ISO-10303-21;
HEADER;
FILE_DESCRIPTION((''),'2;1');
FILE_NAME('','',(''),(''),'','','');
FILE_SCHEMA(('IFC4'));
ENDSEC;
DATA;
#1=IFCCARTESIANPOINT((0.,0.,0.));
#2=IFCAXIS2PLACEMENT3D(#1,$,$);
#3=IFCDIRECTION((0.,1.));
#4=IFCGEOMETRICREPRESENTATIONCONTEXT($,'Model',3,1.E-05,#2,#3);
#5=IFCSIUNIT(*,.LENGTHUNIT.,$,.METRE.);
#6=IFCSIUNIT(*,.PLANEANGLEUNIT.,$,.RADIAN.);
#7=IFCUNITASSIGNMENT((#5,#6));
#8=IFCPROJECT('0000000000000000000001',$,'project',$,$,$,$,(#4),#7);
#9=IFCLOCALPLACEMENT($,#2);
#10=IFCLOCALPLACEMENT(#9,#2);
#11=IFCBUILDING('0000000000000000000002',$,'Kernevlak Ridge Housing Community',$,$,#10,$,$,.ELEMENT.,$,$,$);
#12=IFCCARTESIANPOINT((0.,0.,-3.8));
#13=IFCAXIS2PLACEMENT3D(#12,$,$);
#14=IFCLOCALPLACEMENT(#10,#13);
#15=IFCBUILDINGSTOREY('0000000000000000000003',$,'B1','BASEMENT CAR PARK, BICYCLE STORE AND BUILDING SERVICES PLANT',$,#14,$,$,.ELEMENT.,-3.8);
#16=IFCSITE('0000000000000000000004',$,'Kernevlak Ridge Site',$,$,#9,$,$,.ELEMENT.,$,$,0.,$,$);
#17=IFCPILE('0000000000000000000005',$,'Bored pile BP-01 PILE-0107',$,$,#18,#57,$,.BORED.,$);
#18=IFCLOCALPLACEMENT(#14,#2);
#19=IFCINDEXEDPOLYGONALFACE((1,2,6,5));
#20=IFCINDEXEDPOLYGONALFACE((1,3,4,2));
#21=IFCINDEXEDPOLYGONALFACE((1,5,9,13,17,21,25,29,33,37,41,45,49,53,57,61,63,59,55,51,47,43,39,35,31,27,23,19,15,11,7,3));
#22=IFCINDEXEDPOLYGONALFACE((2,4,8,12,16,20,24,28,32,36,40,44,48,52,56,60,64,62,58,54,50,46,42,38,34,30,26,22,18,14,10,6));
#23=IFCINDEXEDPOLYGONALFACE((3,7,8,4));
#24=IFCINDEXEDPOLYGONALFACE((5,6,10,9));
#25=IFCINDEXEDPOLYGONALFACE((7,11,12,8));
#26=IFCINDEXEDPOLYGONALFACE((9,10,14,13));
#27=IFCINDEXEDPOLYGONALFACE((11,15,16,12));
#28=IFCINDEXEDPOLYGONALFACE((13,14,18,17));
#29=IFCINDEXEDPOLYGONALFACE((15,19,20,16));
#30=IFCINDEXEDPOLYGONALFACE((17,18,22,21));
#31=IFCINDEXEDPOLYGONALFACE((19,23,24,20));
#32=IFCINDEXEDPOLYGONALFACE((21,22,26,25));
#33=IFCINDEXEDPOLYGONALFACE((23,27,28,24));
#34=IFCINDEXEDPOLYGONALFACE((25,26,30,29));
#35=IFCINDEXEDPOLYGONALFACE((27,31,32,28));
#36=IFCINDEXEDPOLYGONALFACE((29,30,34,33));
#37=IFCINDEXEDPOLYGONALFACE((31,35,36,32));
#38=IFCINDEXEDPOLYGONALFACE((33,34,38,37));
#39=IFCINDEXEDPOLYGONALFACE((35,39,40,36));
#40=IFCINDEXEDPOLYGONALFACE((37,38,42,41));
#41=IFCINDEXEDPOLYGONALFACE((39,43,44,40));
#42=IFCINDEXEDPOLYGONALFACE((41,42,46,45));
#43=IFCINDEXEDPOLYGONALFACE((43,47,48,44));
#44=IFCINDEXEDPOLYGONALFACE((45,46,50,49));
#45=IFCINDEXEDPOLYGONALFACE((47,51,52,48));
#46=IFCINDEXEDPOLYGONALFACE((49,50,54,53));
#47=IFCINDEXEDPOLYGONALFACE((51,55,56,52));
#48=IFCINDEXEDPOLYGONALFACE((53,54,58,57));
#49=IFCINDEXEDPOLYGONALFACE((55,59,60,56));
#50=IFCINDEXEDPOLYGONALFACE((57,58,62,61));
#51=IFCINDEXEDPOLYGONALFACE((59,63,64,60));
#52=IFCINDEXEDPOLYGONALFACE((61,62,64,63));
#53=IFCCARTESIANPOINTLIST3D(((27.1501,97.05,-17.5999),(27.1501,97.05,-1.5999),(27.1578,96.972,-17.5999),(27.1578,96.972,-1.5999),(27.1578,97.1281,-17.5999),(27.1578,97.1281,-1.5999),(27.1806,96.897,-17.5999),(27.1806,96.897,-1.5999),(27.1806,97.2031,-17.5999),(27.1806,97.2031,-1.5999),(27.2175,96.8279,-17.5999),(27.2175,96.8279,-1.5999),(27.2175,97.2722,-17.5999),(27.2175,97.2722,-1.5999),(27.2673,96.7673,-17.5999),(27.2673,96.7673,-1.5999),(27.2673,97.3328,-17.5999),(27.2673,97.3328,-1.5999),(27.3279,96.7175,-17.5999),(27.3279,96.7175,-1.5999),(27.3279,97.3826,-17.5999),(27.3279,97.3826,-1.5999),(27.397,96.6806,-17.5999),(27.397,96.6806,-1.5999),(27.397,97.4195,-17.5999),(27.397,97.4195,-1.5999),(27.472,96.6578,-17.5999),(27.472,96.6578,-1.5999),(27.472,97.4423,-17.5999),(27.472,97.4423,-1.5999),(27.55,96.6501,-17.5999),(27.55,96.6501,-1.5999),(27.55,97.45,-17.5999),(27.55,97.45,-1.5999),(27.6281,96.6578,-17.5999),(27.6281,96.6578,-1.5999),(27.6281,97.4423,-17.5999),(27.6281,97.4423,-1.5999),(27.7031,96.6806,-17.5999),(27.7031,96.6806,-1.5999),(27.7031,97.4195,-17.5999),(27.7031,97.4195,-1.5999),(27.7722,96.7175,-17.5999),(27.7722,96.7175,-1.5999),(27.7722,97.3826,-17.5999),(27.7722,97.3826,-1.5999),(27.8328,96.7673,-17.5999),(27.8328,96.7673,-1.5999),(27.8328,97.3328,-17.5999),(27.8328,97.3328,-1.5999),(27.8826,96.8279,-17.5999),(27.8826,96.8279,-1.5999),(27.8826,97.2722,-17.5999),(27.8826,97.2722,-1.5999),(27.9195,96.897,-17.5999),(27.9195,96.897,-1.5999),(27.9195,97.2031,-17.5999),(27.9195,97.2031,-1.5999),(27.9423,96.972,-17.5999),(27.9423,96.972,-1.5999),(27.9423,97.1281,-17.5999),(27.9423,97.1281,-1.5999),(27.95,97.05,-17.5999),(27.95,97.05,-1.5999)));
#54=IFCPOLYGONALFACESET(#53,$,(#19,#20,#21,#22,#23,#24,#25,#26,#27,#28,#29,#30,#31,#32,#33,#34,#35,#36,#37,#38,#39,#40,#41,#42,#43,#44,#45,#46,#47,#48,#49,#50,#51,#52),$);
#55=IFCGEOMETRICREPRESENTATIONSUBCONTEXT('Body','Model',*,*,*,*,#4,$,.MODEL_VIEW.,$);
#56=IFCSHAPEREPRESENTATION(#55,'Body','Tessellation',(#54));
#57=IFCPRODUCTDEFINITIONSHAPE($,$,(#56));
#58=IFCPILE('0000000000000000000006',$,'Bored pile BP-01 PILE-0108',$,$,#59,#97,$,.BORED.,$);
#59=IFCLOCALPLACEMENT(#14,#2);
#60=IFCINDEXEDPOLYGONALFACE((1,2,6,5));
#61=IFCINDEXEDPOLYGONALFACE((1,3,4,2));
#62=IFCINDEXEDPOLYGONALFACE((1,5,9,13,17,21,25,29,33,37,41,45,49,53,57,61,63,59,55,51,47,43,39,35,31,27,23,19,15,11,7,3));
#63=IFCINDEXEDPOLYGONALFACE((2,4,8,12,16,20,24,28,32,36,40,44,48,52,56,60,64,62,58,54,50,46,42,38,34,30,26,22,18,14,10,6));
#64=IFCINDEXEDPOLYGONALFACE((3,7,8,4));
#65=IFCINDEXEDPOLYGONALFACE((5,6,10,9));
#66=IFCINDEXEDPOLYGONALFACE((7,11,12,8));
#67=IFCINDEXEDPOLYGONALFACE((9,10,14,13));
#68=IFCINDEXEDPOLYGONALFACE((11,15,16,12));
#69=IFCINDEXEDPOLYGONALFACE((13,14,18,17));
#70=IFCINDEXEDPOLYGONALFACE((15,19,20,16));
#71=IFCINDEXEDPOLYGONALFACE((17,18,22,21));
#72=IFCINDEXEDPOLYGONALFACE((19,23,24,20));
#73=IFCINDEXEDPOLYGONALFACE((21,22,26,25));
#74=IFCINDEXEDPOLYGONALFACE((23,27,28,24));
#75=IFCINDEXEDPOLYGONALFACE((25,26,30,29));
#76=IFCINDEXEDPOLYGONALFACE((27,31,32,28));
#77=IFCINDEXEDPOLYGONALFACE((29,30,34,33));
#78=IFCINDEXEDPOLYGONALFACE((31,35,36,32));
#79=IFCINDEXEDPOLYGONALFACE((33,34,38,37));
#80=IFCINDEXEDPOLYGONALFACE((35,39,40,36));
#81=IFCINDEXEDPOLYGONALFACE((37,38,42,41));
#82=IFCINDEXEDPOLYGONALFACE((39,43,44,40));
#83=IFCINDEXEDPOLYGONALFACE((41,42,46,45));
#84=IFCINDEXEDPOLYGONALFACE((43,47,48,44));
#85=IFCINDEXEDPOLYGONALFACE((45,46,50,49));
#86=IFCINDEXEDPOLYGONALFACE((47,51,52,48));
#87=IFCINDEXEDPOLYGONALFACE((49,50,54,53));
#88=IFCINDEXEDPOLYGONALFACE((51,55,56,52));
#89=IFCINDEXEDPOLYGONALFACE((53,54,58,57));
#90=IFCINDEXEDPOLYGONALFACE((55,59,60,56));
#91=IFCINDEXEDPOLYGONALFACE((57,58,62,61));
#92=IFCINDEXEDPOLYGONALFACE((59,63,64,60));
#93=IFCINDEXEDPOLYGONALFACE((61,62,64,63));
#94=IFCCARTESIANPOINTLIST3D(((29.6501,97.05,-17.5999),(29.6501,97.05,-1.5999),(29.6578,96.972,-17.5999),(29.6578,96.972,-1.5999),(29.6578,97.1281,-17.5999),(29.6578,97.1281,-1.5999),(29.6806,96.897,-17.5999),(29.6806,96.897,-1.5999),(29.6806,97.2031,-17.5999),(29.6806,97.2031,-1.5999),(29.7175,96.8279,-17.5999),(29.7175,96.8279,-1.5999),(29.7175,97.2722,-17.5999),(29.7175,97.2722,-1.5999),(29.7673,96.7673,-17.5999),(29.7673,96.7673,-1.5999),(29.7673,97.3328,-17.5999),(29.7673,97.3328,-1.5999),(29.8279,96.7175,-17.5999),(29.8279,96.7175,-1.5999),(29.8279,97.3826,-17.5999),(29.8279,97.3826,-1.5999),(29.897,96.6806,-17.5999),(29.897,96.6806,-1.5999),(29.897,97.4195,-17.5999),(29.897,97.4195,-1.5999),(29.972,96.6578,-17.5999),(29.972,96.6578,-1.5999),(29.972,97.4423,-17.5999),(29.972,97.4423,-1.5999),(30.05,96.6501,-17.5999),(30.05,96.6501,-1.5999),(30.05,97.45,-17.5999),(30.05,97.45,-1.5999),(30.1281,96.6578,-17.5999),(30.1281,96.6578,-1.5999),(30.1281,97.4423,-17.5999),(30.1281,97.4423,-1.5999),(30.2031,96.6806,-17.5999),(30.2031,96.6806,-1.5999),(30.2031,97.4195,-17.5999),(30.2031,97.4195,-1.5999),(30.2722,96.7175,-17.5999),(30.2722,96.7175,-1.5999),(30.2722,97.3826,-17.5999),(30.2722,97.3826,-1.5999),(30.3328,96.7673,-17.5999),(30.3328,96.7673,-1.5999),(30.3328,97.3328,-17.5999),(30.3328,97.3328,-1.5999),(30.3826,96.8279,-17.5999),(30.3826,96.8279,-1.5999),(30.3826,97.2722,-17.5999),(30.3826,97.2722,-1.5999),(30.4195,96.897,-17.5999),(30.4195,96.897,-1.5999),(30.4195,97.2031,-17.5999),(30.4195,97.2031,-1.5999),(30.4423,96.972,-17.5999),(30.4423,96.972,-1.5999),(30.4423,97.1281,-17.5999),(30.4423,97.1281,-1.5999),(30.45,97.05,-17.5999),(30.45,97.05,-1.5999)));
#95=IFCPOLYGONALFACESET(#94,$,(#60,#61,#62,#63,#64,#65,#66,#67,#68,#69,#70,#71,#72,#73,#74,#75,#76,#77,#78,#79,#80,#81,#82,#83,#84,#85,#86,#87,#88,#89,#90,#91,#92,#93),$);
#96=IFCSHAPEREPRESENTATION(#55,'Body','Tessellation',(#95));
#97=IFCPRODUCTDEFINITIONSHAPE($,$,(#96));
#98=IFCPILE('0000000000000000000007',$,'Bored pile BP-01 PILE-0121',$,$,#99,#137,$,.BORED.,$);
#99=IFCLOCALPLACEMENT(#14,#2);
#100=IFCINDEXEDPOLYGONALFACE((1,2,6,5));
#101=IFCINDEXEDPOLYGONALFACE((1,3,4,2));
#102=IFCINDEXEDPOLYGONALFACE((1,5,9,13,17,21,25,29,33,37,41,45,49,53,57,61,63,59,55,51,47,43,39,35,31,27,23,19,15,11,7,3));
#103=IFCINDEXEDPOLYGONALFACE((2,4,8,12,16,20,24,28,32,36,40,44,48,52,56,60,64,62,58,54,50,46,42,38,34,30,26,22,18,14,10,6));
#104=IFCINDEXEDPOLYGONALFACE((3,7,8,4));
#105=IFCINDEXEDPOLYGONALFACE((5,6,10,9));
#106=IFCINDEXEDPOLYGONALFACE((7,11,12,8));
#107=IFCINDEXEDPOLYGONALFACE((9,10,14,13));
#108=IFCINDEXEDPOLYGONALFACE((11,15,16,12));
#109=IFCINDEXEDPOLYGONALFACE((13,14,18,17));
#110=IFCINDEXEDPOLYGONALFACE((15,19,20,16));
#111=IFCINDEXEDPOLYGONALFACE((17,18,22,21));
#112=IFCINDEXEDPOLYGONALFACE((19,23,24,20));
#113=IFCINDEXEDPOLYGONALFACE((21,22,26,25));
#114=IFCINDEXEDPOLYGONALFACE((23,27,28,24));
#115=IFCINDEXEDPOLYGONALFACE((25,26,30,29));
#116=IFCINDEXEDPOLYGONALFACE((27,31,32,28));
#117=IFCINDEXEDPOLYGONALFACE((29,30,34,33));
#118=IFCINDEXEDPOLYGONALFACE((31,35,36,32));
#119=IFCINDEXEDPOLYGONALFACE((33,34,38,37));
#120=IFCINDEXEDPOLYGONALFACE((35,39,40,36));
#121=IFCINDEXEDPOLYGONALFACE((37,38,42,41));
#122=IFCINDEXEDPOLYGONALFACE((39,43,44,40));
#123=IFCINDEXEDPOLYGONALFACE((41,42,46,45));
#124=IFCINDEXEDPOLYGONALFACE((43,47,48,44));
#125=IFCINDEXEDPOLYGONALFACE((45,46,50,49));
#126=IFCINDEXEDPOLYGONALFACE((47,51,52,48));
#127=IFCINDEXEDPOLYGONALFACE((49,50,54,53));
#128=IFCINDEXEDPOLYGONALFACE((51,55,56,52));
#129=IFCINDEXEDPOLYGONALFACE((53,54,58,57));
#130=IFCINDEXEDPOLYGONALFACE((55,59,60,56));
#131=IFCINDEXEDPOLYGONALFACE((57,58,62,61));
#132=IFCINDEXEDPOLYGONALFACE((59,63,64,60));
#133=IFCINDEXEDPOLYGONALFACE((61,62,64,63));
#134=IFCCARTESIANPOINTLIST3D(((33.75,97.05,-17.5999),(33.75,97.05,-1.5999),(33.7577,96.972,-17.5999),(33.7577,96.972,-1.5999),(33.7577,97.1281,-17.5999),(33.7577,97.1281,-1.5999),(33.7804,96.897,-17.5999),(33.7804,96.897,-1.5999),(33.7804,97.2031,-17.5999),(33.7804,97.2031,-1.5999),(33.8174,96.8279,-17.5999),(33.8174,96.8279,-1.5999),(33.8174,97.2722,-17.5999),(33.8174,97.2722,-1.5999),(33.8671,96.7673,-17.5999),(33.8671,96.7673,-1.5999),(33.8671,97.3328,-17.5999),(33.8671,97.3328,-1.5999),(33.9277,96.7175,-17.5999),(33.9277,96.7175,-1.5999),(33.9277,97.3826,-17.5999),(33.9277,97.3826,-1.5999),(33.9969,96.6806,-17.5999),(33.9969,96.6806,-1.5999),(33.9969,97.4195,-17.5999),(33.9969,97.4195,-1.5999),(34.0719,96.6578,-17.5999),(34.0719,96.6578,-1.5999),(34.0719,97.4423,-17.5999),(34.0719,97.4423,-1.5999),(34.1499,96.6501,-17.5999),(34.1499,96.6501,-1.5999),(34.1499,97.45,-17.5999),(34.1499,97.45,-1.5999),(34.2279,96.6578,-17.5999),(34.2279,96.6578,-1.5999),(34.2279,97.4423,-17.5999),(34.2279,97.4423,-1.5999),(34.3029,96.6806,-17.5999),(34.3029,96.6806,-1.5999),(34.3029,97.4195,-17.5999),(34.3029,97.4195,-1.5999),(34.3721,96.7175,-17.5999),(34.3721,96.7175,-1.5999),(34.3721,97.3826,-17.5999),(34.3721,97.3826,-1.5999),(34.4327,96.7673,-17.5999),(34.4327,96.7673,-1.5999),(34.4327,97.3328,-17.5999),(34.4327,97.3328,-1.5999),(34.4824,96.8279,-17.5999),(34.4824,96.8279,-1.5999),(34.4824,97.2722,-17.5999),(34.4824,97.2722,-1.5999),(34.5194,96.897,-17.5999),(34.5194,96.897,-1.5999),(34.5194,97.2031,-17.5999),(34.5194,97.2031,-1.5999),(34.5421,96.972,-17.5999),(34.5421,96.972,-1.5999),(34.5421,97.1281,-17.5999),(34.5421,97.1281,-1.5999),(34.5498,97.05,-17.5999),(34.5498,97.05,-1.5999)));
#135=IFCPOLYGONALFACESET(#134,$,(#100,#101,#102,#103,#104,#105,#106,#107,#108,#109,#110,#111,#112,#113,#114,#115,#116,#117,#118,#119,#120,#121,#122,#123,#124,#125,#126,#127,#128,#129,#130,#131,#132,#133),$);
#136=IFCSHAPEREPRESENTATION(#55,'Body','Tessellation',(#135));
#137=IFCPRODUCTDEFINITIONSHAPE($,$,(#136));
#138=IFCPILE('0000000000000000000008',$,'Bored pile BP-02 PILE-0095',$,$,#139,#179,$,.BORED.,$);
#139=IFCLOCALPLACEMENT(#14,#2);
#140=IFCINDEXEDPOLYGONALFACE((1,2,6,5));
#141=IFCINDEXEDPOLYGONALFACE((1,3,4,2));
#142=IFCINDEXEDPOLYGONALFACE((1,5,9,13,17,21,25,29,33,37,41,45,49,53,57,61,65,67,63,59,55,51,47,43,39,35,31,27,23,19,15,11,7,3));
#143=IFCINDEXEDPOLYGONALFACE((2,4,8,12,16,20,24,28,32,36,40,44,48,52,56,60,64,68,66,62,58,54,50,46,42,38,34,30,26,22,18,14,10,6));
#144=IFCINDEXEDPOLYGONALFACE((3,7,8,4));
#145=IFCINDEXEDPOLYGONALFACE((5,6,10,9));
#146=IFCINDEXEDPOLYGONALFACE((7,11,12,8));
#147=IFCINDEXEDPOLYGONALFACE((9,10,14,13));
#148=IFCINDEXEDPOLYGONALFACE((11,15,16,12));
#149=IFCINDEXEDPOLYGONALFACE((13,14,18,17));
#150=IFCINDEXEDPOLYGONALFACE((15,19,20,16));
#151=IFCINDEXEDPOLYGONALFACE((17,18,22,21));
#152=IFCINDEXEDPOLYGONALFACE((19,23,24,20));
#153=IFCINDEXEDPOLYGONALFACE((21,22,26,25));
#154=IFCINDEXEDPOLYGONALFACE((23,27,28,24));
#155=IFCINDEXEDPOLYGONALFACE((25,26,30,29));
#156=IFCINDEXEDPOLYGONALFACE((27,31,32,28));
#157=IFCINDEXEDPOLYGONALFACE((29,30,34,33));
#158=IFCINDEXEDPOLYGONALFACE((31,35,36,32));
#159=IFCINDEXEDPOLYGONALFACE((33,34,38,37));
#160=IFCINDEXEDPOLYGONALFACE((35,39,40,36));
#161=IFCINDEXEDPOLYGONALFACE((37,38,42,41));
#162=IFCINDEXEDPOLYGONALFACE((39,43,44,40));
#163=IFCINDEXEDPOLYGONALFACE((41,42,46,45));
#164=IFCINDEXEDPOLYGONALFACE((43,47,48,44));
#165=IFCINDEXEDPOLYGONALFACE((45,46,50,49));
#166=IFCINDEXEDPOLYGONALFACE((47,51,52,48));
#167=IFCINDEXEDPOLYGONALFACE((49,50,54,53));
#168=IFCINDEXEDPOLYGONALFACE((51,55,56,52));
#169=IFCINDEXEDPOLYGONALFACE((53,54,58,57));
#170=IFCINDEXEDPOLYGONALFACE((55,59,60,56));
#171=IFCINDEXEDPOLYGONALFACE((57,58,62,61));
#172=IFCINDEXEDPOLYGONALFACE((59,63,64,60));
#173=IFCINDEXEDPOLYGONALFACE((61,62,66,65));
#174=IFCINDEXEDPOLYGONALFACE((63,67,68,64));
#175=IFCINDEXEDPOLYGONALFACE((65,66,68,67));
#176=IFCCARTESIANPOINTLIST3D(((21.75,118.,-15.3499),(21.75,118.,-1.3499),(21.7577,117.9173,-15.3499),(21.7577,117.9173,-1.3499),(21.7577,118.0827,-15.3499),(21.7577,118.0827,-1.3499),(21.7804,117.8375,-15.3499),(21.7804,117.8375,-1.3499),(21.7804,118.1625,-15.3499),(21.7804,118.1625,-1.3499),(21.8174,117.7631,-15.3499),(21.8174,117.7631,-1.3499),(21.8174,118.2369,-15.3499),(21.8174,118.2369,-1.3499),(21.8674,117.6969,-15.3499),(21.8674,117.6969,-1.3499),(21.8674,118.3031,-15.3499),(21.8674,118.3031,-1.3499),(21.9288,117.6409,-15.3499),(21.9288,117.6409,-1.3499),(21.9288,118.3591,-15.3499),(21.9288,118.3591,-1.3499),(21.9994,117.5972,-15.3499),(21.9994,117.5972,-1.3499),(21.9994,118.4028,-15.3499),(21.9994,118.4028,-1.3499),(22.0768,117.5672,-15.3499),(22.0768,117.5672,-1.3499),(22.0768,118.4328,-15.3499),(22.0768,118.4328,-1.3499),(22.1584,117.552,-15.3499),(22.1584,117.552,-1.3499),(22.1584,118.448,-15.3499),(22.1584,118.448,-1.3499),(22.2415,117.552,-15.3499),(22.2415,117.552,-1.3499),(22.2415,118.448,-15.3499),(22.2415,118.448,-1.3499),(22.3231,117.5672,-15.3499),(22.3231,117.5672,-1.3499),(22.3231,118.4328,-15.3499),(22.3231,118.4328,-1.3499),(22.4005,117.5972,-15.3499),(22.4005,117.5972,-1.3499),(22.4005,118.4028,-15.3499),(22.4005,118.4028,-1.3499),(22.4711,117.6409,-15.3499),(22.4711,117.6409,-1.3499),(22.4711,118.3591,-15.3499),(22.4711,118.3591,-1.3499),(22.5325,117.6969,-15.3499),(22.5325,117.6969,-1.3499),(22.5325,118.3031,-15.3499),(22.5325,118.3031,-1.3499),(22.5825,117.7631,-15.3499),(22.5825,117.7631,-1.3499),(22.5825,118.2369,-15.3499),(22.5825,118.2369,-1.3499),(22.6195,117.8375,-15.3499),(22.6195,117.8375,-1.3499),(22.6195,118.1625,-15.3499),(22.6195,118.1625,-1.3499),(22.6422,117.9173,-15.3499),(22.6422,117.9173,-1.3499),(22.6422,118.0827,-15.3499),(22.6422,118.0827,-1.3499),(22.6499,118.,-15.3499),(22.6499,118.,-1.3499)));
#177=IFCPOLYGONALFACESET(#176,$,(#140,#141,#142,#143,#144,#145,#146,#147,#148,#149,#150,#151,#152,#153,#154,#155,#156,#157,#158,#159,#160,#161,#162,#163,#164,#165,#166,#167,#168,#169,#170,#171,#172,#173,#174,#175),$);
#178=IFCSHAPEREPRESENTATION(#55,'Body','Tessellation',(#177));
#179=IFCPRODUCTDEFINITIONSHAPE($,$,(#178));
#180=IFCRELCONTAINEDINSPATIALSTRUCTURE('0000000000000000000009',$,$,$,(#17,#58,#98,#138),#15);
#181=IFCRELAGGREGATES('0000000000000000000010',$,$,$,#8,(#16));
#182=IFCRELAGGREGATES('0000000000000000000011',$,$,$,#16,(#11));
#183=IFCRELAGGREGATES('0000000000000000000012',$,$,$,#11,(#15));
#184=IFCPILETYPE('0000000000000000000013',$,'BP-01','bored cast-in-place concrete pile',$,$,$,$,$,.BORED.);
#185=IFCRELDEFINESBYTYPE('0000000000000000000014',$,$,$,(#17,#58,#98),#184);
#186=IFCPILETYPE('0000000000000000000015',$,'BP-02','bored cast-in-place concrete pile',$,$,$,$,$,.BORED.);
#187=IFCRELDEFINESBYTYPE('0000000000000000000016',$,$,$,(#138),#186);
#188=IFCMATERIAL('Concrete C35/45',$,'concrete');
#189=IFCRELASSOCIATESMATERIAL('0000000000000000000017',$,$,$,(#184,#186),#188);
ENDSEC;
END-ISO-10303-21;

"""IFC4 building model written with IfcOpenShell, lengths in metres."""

from ifc_helpers import new_model, si_unit, direction, frame, origin, origin_2d, place, context, subcontext, project, spatial, circle, extrude, material, material_profile, profile_set, type_object, element, save


model = new_model("IFC4")

# Units and contexts
model_context = context("Model", 3, precision=1e-05, world=origin(), true_north=direction((0.0, 1.0)))
body_context = subcontext(model_context, "Body", "Model", "MODEL_VIEW")
ifc_project = project(units=[si_unit("LENGTHUNIT", "METRE"), si_unit("PLANEANGLEUNIT", "RADIAN")], contexts=[model_context])

# Site, building, storey
site_placement = place(None, origin())
site = spatial("IfcSite", under=ifc_project, at=site_placement, Name="Kernevlak Ridge Site", CompositionType="ELEMENT", RefElevation=0.0)
building_placement = place(site_placement, origin())
building = spatial("IfcBuilding", under=site, at=building_placement, Name="Kernevlak Ridge Housing Community", CompositionType="ELEMENT")
storey_placement = place(building_placement, frame((0.0, 0.0, -3.8)))
storey = spatial("IfcBuildingStorey", under=building, at=storey_placement, Name="B1", Description="BASEMENT CAR PARK, BICYCLE STORE AND BUILDING SERVICES PLANT", CompositionType="ELEMENT", Elevation=-3.8)

# Piles
ifc_material_1 = material(Name="Concrete C35/45", Category="concrete")
ifc_material_profile_1 = material_profile(ifc_material_1, circle(Radius=0.3999, at=origin_2d()), Name="BORED PILE 800")
ifc_profile_set_1 = profile_set([ifc_material_profile_1], Name="Concrete C35/45")
pile_type_1 = type_object("IfcPileType", Name="BP-01", Description="bored cast-in-place concrete pile", PredefinedType="BORED", material=ifc_profile_set_1)
for number, where, z_axis, x_axis, name in (
    (1, (27.55, 97.05, -1.5999), (0.0, 0.0, -1.0), (1.0, 0.0, 0.0), "Bored pile BP-01 PILE-0107"),
    (2, (30.05, 97.05, -1.5999), (0.0, 0.0, -1.0), (1.0, 0.0, 0.0), "Bored pile BP-01 PILE-0108"),
    (3, (34.1499, 97.05, -1.5999), (0.0, 0.0, -1.0), (1.0, 0.0, 0.0), "Bored pile BP-01 PILE-0121"),
):
    element("IfcPile", number, at=place(storey_placement, frame(where, z_axis=z_axis, x_axis=x_axis)), inside=storey, type_object=pile_type_1, Name=name, PredefinedType="BORED", context=body_context, shape_type="SweptSolid", body=[
        extrude(circle(Radius=0.3999, at=origin_2d()), origin(), (0.0, 0.0, 1.0), 16.0),
    ])
ifc_material_profile_2 = material_profile(ifc_material_1, circle(Radius=0.45, at=origin_2d()), Name="BORED PILE 900")
ifc_profile_set_2 = profile_set([ifc_material_profile_2], Name="Concrete C35/45")
pile_type_2 = type_object("IfcPileType", Name="BP-02", Description="bored cast-in-place concrete pile", PredefinedType="BORED", material=ifc_profile_set_2)
for number, where, z_axis, x_axis, name in (
    (4, (22.2, 118.0, -1.3499), (0.0, 0.0, -1.0), (1.0, 0.0, 0.0), "Bored pile BP-02 PILE-0095"),
):
    element("IfcPile", number, at=place(storey_placement, frame(where, z_axis=z_axis, x_axis=x_axis)), inside=storey, type_object=pile_type_2, Name=name, PredefinedType="BORED", context=body_context, shape_type="SweptSolid", body=[
        extrude(circle(Radius=0.45, at=origin_2d()), origin(), (0.0, 0.0, 1.0), 14.0),
    ])

save(model, "model.ifc")
